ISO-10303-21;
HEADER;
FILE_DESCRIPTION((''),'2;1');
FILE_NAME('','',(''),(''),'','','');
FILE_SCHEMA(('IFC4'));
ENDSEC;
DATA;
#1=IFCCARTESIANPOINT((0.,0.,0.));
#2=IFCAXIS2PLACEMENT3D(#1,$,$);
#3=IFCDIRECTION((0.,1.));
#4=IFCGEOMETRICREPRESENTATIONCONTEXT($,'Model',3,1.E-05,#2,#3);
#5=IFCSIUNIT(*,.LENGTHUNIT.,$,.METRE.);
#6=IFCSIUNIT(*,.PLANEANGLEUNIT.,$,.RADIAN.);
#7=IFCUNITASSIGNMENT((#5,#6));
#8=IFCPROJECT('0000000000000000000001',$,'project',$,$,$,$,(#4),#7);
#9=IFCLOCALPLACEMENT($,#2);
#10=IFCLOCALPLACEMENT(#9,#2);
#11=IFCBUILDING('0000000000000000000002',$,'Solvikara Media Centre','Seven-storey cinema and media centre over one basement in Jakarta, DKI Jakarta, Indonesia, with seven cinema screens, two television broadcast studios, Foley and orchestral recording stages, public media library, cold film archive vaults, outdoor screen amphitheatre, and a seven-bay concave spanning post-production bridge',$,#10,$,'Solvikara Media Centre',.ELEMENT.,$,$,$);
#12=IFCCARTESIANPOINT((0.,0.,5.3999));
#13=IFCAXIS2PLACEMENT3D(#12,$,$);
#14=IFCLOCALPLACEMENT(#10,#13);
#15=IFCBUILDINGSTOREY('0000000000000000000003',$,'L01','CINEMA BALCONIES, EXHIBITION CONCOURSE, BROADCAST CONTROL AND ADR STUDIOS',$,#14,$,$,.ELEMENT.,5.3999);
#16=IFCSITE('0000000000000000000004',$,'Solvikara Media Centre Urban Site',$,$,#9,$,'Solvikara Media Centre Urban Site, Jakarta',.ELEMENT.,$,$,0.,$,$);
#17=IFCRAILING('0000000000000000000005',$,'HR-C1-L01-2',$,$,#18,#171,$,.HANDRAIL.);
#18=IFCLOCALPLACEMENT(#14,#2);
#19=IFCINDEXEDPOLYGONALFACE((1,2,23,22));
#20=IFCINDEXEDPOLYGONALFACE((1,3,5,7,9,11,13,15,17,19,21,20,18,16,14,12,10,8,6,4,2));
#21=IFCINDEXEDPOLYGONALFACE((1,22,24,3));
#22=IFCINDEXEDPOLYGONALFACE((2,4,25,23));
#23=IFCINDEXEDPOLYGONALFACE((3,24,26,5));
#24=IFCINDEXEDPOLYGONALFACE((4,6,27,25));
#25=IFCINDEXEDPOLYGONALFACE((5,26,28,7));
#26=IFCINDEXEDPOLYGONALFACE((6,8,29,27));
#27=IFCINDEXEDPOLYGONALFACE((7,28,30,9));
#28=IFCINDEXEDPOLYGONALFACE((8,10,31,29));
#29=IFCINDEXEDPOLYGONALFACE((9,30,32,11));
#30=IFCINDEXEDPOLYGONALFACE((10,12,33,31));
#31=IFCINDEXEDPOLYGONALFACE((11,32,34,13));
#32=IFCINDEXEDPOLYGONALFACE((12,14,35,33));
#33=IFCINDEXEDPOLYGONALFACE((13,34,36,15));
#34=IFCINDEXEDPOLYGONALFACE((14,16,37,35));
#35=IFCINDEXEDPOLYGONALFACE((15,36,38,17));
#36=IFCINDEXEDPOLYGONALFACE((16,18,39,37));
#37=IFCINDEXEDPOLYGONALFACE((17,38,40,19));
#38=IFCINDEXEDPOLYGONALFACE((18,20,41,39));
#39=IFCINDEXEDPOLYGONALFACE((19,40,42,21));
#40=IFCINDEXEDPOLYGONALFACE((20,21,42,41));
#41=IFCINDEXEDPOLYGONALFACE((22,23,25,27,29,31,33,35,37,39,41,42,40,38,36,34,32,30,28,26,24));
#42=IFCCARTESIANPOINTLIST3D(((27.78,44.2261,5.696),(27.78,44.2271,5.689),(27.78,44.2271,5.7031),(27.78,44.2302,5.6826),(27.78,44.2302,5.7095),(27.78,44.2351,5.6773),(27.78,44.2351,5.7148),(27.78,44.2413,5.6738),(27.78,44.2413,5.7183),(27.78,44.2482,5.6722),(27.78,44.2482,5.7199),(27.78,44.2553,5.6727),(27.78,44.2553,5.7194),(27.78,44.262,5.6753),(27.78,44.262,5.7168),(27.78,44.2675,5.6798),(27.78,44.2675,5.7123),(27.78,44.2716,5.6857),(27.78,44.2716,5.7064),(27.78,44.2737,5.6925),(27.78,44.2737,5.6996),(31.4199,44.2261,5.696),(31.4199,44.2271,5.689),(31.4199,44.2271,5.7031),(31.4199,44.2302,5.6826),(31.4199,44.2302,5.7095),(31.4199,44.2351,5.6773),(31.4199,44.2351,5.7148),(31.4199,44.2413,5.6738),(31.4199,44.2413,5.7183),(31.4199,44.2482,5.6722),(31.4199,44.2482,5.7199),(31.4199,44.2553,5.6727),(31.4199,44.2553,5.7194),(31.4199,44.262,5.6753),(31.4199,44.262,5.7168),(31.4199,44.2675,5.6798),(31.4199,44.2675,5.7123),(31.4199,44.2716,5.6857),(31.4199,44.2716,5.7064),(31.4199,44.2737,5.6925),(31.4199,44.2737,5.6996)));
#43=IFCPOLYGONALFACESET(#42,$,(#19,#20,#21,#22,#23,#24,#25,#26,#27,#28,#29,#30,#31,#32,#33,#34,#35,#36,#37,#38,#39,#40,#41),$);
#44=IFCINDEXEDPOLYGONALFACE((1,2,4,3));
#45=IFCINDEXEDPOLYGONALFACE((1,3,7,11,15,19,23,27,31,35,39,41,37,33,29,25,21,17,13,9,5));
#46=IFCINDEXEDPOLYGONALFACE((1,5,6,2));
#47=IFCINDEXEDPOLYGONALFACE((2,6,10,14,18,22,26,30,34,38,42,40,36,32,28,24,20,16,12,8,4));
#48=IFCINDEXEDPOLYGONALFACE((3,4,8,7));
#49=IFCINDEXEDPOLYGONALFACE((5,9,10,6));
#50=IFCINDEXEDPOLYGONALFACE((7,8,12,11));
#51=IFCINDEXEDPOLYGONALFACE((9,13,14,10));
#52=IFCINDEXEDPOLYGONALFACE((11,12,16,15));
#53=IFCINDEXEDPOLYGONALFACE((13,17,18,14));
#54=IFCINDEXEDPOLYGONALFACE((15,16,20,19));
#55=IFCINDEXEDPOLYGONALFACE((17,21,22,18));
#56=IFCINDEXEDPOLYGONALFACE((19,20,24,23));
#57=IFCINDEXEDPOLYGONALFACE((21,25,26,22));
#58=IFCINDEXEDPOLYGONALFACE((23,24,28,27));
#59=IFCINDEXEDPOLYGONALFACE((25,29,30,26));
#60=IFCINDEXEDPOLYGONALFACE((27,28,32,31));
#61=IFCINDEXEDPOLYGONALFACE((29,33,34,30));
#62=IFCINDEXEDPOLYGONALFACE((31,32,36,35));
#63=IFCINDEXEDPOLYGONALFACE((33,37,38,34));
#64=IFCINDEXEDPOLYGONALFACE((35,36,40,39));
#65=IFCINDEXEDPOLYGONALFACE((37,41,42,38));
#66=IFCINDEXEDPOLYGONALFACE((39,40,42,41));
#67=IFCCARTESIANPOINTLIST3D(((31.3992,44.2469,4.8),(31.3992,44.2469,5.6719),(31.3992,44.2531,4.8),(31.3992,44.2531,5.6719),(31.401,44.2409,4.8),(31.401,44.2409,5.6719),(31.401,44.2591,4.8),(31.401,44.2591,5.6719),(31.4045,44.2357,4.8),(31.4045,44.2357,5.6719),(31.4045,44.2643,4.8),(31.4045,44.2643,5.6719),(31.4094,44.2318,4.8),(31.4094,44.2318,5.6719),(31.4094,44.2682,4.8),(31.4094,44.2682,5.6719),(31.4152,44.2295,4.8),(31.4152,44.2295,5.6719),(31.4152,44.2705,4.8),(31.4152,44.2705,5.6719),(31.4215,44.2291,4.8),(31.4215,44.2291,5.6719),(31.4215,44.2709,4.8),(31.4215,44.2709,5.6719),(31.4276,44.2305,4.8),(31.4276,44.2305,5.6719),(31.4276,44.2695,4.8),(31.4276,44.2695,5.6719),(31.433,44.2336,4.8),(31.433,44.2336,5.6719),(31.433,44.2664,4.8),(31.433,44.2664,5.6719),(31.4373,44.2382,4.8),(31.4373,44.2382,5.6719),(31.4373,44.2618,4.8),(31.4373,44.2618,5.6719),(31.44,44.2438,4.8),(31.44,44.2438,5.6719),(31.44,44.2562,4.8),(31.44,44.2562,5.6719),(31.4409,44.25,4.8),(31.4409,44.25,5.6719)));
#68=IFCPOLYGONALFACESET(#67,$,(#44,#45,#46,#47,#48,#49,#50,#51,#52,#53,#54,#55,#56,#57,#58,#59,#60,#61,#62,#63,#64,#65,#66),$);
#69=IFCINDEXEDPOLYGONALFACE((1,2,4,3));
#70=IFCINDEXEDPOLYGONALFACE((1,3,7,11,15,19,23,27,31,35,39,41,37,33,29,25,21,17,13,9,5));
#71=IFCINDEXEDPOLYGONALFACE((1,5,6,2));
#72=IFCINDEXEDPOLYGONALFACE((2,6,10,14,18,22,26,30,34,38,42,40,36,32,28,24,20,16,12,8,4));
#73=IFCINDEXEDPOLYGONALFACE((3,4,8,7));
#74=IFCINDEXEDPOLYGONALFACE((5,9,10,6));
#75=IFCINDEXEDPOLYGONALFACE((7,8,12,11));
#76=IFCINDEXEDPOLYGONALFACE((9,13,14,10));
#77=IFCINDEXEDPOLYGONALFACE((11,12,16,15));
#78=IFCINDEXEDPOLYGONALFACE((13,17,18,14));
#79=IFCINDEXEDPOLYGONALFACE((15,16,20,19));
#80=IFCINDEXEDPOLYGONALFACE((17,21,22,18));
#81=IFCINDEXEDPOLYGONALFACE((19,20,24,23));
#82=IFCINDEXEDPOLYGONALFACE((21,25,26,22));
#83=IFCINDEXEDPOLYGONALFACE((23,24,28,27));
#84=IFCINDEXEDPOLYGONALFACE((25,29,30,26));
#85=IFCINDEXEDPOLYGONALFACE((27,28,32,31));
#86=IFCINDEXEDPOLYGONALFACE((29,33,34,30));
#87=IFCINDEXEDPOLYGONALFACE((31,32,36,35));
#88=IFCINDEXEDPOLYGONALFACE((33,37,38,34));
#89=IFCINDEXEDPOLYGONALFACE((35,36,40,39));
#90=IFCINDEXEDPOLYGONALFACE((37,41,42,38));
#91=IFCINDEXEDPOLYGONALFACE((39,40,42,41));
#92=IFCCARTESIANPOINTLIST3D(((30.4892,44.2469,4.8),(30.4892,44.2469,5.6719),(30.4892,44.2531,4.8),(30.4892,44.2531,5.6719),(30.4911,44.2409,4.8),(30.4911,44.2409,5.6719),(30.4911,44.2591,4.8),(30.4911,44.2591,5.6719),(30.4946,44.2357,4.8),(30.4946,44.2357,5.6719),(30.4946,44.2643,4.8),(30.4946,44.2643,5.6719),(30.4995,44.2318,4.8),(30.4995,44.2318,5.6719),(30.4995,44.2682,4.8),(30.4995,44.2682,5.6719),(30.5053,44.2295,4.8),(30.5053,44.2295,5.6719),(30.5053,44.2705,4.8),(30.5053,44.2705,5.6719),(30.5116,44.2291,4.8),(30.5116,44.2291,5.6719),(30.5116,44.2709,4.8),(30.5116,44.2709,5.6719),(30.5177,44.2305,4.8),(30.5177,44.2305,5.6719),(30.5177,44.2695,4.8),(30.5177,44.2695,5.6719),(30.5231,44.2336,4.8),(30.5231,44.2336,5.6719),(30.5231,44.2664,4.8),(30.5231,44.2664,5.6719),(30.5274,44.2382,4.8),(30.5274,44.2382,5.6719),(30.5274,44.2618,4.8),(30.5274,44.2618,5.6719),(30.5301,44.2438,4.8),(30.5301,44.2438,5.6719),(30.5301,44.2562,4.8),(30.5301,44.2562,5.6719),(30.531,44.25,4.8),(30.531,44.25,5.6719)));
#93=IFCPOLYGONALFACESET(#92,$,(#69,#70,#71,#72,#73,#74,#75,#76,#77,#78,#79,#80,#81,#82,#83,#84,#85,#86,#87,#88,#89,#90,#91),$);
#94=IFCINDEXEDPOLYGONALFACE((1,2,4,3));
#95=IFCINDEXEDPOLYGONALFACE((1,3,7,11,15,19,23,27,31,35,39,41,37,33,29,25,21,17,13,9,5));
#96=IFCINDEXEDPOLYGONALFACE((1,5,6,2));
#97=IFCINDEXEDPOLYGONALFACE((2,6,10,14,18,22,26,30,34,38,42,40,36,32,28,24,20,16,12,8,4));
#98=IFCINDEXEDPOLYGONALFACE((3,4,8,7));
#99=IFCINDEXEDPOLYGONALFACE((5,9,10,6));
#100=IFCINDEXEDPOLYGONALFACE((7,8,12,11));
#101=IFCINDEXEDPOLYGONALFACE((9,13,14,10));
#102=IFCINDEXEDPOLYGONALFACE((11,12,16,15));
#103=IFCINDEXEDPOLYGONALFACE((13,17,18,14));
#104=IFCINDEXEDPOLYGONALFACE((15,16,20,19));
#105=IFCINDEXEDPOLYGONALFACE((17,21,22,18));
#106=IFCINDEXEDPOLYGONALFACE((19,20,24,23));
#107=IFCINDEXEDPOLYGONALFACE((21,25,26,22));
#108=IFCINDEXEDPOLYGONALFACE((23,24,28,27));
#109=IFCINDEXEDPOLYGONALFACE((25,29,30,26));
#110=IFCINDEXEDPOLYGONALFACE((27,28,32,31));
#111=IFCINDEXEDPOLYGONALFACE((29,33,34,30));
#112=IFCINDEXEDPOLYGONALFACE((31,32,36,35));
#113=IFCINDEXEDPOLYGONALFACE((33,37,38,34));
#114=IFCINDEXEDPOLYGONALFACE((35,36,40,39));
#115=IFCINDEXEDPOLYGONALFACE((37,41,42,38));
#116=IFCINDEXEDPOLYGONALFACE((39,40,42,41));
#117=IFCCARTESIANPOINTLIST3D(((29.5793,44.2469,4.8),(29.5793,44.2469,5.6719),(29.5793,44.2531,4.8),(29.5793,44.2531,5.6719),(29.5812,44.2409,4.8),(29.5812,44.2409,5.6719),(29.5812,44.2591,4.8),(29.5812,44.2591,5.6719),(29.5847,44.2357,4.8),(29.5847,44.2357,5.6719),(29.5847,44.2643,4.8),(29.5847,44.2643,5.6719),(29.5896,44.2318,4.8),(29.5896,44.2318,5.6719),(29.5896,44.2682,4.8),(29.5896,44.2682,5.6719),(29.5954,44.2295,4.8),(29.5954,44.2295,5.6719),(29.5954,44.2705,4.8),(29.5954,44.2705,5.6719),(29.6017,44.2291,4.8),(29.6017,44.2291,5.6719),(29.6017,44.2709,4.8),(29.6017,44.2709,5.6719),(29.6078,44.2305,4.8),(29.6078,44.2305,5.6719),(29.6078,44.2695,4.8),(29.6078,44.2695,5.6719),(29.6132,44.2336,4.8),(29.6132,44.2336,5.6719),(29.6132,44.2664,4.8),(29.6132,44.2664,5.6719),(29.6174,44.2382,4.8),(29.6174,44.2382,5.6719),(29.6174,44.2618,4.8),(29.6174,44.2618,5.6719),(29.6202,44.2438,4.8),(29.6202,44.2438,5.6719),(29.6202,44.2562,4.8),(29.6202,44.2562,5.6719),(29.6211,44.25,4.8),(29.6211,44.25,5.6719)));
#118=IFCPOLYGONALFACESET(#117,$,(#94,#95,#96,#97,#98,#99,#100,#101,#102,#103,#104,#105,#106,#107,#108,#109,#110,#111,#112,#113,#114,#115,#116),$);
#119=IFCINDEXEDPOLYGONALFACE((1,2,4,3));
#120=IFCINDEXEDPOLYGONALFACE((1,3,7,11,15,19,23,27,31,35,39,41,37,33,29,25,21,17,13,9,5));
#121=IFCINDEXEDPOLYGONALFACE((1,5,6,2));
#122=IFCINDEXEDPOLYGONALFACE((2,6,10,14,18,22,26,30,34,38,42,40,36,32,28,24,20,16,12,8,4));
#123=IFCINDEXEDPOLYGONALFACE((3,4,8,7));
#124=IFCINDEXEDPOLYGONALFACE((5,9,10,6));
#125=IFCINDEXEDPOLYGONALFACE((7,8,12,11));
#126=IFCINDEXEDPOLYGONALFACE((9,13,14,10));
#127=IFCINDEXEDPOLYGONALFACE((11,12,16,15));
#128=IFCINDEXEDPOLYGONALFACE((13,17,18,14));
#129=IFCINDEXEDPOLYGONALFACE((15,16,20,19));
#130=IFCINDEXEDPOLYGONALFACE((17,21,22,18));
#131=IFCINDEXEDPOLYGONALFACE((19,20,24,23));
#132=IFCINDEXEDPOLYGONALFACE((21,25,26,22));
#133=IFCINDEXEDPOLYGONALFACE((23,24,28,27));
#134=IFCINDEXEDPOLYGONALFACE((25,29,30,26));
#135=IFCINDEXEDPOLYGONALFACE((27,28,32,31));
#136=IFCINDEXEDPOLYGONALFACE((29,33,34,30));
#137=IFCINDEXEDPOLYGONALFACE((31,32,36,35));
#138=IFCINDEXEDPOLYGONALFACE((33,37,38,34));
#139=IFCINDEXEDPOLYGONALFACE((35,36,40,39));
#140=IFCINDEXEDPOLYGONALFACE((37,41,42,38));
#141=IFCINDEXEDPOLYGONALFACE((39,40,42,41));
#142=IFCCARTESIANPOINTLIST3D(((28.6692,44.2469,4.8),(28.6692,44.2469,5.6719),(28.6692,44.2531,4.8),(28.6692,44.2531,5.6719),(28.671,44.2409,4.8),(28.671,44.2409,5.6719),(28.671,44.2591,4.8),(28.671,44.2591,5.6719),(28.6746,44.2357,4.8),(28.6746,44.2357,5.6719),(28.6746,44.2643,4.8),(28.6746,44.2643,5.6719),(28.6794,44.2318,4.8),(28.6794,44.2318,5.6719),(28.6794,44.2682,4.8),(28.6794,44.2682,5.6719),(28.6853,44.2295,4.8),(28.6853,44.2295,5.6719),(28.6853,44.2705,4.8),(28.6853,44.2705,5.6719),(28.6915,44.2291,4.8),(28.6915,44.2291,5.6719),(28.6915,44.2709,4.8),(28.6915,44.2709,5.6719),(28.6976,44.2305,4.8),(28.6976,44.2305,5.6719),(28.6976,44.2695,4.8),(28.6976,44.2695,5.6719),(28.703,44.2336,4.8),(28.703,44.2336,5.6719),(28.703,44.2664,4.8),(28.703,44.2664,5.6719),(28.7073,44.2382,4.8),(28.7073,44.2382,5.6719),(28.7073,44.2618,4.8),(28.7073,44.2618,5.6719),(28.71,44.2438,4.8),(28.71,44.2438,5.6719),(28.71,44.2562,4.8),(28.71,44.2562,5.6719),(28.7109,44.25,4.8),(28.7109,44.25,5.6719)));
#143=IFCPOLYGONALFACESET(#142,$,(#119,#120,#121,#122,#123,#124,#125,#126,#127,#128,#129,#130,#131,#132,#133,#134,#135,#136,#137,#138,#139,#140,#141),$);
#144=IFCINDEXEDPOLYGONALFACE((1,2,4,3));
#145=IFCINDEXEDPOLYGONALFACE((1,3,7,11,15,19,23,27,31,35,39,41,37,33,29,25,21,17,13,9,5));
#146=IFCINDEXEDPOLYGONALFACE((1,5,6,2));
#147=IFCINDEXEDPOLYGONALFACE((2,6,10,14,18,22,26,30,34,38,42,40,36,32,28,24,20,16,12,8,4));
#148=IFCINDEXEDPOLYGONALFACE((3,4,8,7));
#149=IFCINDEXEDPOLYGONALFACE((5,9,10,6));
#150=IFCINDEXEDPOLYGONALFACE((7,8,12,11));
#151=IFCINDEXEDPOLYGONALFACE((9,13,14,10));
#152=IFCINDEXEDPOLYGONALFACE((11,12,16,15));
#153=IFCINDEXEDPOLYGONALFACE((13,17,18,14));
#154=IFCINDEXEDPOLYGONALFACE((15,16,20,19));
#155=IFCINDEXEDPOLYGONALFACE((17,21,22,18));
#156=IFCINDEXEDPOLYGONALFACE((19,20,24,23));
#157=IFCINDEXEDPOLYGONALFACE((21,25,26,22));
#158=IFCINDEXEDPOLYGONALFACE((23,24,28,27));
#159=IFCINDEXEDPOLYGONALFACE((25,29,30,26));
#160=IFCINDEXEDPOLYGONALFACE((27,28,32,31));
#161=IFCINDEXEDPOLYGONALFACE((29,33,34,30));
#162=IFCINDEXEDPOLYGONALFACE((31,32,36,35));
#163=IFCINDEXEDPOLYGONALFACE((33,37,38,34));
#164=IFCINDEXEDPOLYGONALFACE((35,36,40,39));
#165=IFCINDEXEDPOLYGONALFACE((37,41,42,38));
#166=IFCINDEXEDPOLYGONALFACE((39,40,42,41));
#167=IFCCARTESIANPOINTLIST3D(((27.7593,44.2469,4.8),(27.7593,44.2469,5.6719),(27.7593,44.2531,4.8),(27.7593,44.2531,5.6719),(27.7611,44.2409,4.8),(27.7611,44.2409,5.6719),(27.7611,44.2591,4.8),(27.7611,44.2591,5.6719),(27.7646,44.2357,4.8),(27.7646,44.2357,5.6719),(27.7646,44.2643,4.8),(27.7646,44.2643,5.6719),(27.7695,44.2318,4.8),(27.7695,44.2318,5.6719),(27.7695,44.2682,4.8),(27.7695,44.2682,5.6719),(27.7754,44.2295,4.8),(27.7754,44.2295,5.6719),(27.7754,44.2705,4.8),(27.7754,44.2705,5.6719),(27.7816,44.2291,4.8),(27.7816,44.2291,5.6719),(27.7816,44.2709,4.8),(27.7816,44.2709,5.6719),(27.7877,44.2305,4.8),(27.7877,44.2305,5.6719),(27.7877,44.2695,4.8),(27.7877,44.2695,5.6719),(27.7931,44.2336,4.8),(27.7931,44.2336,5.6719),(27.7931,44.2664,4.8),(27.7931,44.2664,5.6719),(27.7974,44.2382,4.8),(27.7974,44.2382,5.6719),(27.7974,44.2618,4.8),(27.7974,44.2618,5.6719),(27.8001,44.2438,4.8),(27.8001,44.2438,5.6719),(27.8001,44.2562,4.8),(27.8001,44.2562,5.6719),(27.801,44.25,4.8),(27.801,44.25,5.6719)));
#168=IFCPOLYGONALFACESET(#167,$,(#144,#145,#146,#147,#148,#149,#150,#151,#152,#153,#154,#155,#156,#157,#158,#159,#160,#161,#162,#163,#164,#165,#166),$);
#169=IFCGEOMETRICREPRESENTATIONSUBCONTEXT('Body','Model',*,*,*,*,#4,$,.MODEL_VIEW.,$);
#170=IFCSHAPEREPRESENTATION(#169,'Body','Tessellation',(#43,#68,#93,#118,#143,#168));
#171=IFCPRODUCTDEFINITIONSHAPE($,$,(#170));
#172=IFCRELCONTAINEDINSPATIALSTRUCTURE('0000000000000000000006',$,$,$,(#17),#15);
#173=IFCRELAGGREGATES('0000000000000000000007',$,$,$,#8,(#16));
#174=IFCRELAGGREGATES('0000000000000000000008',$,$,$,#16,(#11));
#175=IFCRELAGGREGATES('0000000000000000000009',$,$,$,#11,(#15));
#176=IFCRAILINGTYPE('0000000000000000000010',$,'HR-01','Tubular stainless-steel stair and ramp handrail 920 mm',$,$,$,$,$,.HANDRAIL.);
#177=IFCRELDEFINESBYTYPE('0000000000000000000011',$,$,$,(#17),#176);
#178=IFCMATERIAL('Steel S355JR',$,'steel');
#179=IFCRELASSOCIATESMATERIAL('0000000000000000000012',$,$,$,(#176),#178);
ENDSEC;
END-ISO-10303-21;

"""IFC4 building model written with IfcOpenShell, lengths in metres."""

from ifc_helpers import new_model, si_unit, direction, frame, origin, origin_2d, place, context, subcontext, project, spatial, circle, extrude, material, type_object, element, save


model = new_model("IFC4")

# Units and contexts
model_context = context("Model", 3, precision=1e-05, world=origin(), true_north=direction((0.0, 1.0)))
body_context = subcontext(model_context, "Body", "Model", "MODEL_VIEW")
ifc_project = project(units=[si_unit("LENGTHUNIT", "METRE"), si_unit("PLANEANGLEUNIT", "RADIAN")], contexts=[model_context])

# Site, building, storey
site_placement = place(None, origin())
site = spatial("IfcSite", under=ifc_project, at=site_placement, Name="Solvikara Media Centre Urban Site", LongName="Solvikara Media Centre Urban Site, Jakarta", CompositionType="ELEMENT", RefElevation=0.0)
building_placement = place(site_placement, origin())
building = spatial("IfcBuilding", under=site, at=building_placement, Name="Solvikara Media Centre", Description="Seven-storey cinema and media centre over one basement in Jakarta, DKI Jakarta, Indonesia, with seven cinema screens, two television broadcast studios, Foley and orchestral recording stages, public media library, cold film archive vaults, outdoor screen amphitheatre, and a seven-bay concave spanning post-production bridge", LongName="Solvikara Media Centre", CompositionType="ELEMENT")
storey_placement = place(building_placement, frame((0.0, 0.0, 5.3999)))
storey = spatial("IfcBuildingStorey", under=building, at=storey_placement, Name="L01", Description="CINEMA BALCONIES, EXHIBITION CONCOURSE, BROADCAST CONTROL AND ADR STUDIOS", CompositionType="ELEMENT", Elevation=5.3999)

# Shared definitions
ifc_material_1 = material(Name="Steel S355JR", Category="steel")

# Railing
railing_type_1 = type_object("IfcRailingType", Name="HR-01", Description="Tubular stainless-steel stair and ramp handrail 920 mm", PredefinedType="HANDRAIL", material=ifc_material_1)
railing_1_placement = place(storey_placement, frame((31.4199, 44.25, 4.8)))
element("IfcRailing", 1, at=railing_1_placement, inside=storey, type_object=railing_type_1, Name="HR-C1-L01-2", PredefinedType="HANDRAIL", context=body_context, shape_type="SweptSolid", body=[
    extrude(circle(Radius=0.0239, at=origin_2d()), frame((0.0, 0.0, 0.896), z_axis=(-1.0, 0.0, 0.0), x_axis=(0.0, -1.0, 0.0)), (0.0, 0.0, 1.0), 3.6399),
    extrude(circle(Radius=0.021, at=origin_2d()), origin(), (0.0, 0.0, 1.0), 0.8718),
    extrude(circle(Radius=0.021, at=origin_2d()), frame((-0.9099, 0.0, 0.0)), (0.0, 0.0, 1.0), 0.8718),
    extrude(circle(Radius=0.021, at=origin_2d()), frame((-1.8198, 0.0, 0.0)), (0.0, 0.0, 1.0), 0.8718),
    extrude(circle(Radius=0.021, at=origin_2d()), frame((-2.73, 0.0, 0.0)), (0.0, 0.0, 1.0), 0.8718),
    extrude(circle(Radius=0.021, at=origin_2d()), frame((-3.6399, 0.0, 0.0)), (0.0, 0.0, 1.0), 0.8718),
])

save(model, "model.ifc")
